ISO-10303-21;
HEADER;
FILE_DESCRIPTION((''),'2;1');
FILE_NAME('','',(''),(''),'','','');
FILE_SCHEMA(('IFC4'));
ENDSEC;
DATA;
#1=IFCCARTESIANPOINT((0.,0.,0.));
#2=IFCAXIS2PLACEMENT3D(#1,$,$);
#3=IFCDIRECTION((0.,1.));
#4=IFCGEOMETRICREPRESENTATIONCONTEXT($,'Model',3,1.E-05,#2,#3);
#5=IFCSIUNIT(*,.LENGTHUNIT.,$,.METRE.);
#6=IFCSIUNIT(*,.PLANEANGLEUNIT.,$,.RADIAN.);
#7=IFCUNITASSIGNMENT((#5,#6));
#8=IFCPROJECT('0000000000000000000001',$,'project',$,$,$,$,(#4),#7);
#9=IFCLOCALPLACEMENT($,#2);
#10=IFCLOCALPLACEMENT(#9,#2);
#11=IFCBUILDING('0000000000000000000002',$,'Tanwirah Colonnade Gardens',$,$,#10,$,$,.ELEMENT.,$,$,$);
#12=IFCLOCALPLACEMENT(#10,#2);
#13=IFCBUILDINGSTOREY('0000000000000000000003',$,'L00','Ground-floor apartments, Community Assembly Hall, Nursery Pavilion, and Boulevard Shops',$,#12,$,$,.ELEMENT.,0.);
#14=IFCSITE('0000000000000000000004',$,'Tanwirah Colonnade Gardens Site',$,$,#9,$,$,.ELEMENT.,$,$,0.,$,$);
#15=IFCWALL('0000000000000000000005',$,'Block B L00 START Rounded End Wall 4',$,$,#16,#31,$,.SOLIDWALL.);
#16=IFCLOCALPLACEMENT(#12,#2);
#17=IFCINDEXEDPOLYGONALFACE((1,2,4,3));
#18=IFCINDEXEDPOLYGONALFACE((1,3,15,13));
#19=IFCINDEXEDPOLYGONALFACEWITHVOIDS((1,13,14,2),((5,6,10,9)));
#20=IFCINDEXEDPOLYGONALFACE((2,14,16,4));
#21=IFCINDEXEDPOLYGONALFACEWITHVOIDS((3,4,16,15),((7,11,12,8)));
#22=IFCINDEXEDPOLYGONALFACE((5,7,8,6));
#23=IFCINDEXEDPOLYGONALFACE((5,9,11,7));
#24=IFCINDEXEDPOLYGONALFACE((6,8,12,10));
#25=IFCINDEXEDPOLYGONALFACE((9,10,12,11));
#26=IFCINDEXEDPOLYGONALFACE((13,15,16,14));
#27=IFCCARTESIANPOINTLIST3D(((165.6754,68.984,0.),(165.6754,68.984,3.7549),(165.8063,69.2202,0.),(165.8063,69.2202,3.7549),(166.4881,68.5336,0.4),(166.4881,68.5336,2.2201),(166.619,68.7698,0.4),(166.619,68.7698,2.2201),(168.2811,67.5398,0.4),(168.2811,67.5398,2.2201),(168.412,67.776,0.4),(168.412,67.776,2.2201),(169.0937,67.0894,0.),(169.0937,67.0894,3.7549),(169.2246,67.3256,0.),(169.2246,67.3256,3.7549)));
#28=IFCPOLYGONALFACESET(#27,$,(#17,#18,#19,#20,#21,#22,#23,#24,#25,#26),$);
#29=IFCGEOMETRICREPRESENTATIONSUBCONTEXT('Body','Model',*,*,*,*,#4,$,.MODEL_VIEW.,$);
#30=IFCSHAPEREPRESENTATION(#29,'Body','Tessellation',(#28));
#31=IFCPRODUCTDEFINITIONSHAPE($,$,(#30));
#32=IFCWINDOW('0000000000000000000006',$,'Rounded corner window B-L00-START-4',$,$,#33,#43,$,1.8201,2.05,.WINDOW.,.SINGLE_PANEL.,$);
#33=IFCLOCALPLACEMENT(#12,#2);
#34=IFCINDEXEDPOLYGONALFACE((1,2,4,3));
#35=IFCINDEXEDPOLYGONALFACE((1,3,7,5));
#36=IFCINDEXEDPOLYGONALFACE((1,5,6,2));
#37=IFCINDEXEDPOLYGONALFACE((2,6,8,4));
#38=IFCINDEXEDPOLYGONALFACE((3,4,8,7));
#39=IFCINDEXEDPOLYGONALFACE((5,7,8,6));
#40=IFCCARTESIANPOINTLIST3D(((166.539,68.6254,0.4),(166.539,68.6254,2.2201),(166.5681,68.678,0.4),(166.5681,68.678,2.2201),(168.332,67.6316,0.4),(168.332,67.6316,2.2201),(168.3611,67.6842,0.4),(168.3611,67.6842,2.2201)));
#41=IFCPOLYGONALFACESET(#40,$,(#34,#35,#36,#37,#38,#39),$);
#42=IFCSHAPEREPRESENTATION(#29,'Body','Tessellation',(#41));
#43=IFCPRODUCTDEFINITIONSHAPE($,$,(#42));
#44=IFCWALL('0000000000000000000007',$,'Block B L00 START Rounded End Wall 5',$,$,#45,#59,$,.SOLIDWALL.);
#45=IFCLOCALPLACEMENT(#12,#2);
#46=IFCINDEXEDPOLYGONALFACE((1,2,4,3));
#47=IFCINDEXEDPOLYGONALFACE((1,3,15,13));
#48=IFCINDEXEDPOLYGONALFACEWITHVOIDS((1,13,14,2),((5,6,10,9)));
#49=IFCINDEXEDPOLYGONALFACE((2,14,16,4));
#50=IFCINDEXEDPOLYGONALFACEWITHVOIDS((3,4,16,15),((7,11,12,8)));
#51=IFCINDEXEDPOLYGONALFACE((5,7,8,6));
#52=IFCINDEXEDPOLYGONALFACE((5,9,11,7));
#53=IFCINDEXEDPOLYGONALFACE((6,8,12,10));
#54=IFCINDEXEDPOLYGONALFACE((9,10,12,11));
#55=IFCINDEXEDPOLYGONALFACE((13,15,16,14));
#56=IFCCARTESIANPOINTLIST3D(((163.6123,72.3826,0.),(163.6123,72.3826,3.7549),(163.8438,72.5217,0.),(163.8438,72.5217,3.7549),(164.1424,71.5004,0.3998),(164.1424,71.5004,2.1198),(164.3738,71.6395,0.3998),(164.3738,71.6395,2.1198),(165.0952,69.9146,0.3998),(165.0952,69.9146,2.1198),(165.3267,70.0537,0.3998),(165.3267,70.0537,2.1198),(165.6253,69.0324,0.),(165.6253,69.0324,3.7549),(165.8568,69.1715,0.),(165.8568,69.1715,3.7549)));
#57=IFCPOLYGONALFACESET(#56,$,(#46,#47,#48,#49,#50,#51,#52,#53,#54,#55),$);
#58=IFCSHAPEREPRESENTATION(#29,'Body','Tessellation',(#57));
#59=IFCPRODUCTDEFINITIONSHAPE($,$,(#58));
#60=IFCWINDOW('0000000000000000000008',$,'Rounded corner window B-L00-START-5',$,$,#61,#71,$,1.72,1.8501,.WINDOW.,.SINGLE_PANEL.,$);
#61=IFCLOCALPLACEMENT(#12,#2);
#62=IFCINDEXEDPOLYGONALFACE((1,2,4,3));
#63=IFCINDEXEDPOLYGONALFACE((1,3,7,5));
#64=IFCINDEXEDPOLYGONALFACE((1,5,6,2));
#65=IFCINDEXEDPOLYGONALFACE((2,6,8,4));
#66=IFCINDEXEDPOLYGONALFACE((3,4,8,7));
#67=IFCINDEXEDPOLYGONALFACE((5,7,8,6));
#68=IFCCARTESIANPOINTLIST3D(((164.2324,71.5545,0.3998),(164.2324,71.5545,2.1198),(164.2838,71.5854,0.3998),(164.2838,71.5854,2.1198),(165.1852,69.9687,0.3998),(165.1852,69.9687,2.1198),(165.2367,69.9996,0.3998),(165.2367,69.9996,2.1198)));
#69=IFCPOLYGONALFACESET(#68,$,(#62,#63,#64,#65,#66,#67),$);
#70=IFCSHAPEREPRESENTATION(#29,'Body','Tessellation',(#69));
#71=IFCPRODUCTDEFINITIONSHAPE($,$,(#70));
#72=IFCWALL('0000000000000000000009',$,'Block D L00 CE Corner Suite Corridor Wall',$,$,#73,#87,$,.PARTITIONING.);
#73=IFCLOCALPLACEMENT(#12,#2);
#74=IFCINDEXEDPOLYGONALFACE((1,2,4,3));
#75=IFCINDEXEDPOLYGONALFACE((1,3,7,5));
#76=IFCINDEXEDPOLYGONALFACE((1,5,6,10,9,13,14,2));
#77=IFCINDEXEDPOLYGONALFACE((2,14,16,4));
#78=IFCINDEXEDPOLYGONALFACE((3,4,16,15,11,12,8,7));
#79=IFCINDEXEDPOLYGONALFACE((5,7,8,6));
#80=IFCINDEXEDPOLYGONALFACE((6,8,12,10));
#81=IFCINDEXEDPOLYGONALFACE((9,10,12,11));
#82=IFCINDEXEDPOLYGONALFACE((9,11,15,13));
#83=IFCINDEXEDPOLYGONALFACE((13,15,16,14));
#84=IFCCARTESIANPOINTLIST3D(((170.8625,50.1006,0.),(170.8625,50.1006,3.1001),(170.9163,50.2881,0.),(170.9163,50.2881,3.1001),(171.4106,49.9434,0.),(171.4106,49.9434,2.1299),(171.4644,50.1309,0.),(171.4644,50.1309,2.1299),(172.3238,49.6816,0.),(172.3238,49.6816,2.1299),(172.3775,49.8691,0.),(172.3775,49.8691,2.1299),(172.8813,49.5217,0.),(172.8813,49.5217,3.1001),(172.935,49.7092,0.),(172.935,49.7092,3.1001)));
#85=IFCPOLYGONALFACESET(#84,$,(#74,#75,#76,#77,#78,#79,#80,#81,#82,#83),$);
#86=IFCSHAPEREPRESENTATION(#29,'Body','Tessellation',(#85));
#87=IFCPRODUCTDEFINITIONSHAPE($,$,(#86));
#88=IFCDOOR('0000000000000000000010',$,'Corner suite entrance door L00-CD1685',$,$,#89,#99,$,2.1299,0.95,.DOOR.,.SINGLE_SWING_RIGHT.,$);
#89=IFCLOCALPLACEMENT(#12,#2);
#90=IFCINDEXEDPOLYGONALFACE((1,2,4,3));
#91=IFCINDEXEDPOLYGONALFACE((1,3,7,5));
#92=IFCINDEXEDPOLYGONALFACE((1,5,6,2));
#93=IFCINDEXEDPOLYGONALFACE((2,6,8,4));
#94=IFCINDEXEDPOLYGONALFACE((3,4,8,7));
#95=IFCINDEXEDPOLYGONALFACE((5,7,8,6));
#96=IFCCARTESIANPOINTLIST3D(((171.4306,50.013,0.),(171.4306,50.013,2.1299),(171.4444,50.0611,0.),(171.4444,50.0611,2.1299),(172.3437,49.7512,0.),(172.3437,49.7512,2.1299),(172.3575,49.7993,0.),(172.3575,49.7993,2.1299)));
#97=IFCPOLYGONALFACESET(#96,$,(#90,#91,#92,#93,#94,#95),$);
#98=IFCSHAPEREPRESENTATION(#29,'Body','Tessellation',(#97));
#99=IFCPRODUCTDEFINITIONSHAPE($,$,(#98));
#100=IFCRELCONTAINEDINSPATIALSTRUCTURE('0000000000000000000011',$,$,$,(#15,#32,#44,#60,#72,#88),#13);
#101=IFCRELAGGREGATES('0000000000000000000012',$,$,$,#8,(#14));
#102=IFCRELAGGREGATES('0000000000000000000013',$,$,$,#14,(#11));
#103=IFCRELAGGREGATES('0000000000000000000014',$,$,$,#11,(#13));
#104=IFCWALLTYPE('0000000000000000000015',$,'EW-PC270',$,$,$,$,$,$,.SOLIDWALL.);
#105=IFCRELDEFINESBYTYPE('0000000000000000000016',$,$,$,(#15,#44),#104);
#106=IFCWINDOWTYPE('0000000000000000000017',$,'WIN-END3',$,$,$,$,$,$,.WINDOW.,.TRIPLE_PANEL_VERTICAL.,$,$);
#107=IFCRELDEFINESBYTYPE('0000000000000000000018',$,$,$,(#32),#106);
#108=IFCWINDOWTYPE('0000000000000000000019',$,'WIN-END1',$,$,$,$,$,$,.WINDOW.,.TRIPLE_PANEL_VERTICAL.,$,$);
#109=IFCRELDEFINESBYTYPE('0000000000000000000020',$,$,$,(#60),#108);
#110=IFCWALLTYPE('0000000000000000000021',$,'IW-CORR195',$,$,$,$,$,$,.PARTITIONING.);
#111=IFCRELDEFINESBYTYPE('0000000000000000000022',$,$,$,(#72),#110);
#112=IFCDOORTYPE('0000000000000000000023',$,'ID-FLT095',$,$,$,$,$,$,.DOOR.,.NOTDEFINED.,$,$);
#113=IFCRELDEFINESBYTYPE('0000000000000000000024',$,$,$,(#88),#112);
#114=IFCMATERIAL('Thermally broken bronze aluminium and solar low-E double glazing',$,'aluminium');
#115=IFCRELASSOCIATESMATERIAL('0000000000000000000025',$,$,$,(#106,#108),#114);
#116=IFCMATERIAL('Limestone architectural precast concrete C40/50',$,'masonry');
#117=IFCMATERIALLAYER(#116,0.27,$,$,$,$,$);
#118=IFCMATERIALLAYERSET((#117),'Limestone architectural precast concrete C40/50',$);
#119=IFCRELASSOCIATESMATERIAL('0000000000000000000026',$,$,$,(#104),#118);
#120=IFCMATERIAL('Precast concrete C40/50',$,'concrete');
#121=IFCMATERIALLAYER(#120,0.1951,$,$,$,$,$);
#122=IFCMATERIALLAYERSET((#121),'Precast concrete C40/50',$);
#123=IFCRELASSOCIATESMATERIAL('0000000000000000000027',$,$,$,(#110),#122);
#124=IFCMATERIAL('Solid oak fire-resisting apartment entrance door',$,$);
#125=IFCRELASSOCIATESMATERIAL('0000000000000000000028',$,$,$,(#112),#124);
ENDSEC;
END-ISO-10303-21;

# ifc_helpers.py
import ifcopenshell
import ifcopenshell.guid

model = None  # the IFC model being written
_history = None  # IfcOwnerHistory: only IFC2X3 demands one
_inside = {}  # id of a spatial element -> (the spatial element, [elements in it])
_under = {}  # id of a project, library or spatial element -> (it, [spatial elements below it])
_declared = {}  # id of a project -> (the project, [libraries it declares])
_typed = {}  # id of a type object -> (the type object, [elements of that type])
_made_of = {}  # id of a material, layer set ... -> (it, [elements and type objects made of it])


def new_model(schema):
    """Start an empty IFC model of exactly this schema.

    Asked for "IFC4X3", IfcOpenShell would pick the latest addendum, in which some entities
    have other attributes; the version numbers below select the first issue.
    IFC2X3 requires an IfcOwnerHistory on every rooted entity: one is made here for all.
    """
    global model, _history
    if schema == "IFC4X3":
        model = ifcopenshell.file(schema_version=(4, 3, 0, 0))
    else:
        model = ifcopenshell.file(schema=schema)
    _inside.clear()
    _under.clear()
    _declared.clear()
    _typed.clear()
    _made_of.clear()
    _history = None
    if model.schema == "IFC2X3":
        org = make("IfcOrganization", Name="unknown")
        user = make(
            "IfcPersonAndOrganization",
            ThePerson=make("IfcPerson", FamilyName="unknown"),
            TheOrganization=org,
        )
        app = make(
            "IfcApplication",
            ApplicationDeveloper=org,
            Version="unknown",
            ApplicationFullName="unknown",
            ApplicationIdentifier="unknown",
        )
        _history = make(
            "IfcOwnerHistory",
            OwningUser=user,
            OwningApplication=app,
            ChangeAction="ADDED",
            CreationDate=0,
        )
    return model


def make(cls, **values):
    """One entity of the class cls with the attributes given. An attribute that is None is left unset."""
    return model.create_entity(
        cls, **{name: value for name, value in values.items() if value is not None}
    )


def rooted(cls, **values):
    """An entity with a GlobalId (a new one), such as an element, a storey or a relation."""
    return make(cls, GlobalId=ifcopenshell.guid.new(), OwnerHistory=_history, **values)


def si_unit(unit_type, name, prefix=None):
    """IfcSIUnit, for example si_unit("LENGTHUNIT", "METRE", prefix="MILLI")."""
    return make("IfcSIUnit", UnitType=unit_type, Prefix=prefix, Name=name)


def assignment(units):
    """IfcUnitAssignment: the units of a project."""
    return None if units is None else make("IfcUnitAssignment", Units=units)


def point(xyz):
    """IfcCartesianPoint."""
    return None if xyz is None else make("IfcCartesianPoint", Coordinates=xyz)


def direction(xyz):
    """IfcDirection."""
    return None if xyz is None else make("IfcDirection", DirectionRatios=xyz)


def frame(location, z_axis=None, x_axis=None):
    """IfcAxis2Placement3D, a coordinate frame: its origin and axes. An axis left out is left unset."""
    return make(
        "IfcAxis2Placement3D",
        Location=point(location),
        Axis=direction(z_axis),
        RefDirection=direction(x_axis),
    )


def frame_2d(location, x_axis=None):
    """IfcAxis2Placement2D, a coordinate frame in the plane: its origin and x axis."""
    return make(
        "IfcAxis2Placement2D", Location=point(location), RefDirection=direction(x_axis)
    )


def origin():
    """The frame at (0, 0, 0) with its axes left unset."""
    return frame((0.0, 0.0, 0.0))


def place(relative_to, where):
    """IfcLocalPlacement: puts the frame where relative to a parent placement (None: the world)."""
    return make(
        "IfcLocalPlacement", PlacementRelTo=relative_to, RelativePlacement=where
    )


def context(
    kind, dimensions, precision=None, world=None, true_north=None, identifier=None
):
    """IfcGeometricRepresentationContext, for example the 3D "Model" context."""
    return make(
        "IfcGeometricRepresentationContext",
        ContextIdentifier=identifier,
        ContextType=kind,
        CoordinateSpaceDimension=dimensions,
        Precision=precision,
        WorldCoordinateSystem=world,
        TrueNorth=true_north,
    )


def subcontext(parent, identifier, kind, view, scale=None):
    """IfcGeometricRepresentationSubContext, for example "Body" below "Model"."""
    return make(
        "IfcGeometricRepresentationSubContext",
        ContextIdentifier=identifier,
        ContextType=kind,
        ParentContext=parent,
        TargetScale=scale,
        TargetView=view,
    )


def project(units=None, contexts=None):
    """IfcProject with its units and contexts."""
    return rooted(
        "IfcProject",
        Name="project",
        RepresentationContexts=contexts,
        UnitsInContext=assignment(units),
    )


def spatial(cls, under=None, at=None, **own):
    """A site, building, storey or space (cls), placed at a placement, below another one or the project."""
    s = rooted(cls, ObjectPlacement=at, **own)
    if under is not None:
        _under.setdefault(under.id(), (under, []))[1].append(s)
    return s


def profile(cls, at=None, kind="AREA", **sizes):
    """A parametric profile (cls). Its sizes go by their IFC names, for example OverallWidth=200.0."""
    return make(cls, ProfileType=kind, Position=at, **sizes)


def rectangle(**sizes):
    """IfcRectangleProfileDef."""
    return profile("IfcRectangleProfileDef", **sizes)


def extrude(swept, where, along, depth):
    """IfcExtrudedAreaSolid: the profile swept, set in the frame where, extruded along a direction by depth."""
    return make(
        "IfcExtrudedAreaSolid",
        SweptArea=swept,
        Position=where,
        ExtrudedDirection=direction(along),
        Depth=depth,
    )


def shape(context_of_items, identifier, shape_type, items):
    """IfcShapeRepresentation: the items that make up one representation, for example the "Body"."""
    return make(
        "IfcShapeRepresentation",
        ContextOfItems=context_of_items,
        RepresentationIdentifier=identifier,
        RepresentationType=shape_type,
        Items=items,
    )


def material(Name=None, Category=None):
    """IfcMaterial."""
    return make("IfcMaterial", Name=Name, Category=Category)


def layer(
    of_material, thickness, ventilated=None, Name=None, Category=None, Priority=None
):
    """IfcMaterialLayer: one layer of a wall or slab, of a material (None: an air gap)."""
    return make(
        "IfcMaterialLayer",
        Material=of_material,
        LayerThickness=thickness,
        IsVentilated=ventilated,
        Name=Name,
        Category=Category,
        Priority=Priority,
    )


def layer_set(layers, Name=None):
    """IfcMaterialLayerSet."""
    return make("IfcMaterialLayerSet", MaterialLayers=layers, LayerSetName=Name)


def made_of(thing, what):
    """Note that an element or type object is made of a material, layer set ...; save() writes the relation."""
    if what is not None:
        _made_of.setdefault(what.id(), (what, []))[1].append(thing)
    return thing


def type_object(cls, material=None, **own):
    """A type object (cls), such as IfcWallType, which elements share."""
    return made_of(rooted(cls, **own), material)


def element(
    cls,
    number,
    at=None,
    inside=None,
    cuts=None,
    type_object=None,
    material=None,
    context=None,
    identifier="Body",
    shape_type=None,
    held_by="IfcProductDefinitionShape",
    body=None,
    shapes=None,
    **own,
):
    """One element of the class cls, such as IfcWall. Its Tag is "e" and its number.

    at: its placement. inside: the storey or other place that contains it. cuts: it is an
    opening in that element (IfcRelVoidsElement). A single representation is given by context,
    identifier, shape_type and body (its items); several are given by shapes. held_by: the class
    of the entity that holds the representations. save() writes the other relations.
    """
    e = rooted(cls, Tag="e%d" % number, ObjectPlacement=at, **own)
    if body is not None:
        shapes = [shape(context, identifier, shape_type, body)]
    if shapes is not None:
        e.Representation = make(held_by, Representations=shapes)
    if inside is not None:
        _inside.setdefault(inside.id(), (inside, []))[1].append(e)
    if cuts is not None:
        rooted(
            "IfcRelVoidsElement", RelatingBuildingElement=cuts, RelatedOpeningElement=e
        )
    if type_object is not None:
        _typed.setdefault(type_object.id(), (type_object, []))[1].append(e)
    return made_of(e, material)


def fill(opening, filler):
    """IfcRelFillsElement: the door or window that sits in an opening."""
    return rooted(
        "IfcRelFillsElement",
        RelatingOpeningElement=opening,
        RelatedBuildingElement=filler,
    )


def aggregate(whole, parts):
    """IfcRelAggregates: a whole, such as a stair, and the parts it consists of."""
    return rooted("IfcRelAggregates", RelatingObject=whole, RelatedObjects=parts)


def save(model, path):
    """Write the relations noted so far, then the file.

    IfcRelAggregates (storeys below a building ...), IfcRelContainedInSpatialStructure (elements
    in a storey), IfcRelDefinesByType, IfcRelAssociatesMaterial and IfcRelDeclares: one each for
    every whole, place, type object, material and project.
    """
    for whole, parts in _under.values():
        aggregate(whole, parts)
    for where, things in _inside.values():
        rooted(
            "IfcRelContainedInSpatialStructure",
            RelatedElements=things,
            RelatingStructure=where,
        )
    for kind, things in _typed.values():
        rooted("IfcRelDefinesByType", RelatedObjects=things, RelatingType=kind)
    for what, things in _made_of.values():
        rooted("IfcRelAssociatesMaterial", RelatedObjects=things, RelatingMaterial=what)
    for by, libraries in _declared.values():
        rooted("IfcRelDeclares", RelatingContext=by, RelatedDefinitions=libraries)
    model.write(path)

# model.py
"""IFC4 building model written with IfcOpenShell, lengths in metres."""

from ifc_helpers import new_model, si_unit, direction, frame, frame_2d, origin, place, context, subcontext, project, spatial, rectangle, extrude, material, layer, layer_set, type_object, element, fill, save


model = new_model("IFC4")

# Units and contexts
model_context = context("Model", 3, precision=1e-05, world=origin(), true_north=direction((0.0, 1.0)))
body_context = subcontext(model_context, "Body", "Model", "MODEL_VIEW")
ifc_project = project(units=[si_unit("LENGTHUNIT", "METRE"), si_unit("PLANEANGLEUNIT", "RADIAN")], contexts=[model_context])

# Site, building, storey
site_placement = place(None, origin())
site = spatial("IfcSite", under=ifc_project, at=site_placement, Name="Tanwirah Colonnade Gardens Site", CompositionType="ELEMENT", RefElevation=0.0)
building_placement = place(site_placement, origin())
building = spatial("IfcBuilding", under=site, at=building_placement, Name="Tanwirah Colonnade Gardens", CompositionType="ELEMENT")
storey_placement = place(building_placement, origin())
storey = spatial("IfcBuildingStorey", under=building, at=storey_placement, Name="L00", Description="Ground-floor apartments, Community Assembly Hall, Nursery Pavilion, and Boulevard Shops", CompositionType="ELEMENT", Elevation=0.0)

# Shared definitions
ifc_material_1 = material(Name="Precast concrete C40/50", Category="concrete")

# Walls, openings, windows
ifc_material_2 = material(Name="Limestone architectural precast concrete C40/50", Category="masonry")
ifc_material_3 = material(Name="Thermally broken bronze aluminium and solar low-E double glazing", Category="aluminium")
window_type_1 = type_object("IfcWindowType", Name="WIN-END3", PartitioningType="TRIPLE_PANEL_VERTICAL", PredefinedType="WINDOW", material=ifc_material_3)
ifc_layer_1 = layer(ifc_material_2, 0.27)
ifc_layer_set_1 = layer_set([ifc_layer_1], Name="Limestone architectural precast concrete C40/50")
wall_type_1 = type_object("IfcWallType", Name="EW-PC270", PredefinedType="SOLIDWALL", material=ifc_layer_set_1)
window_type_2 = type_object("IfcWindowType", Name="WIN-END1", PartitioningType="TRIPLE_PANEL_VERTICAL", PredefinedType="WINDOW", material=ifc_material_3)
wall_1_placement = place(storey_placement, frame((169.1592, 67.2075, 0.0), z_axis=(0.0, 0.0, 1.0), x_axis=(-0.874643, 0.484768, 0.0)))
wall_1 = element("IfcWall", 1, at=wall_1_placement, inside=storey, type_object=wall_type_1, Name="Block B L00 START Rounded End Wall 4", PredefinedType="SOLIDWALL", context=body_context, shape_type="SweptSolid", body=[
    extrude(rectangle(XDim=3.9082, YDim=0.27, at=frame_2d((1.9541, 0.0))), origin(), (0.0, 0.0, 1.0), 3.7549),
])
opening_1_placement = place(wall_1_placement, frame((0.9292, 0.0, 0.3999)))
opening_1 = element("IfcOpeningElement", 2, at=opening_1_placement, cuts=wall_1, PredefinedType="OPENING", context=body_context, shape_type="SweptSolid", body=[
    extrude(rectangle(XDim=2.05, YDim=1.8201, at=frame_2d((1.0249, 0.9102))), frame((0.0, 0.145, 0.0), z_axis=(0.0, -1.0, 0.0), x_axis=(1.0, 0.0, 0.0)), (0.0, 0.0, 1.0), 0.29),
])
window_1_placement = place(opening_1_placement, origin())
window_1 = element("IfcWindow", 3, at=window_1_placement, inside=storey, type_object=window_type_1, Name="Rounded corner window B-L00-START-4", OverallHeight=1.8201, OverallWidth=2.05, PartitioningType="SINGLE_PANEL", PredefinedType="WINDOW", context=body_context, shape_type="SweptSolid", body=[
    extrude(rectangle(XDim=2.05, YDim=1.8201, at=frame_2d((1.0249, 0.9102))), frame((0.0, 0.03, 0.0), z_axis=(0.0, -1.0, 0.0), x_axis=(1.0, 0.0, 0.0)), (0.0, 0.0, 1.0), 0.0601),
])
fill(opening_1, window_1)
wall_2_placement = place(storey_placement, frame((165.741, 69.1021, 0.0), z_axis=(0.0, 0.0, 1.0), x_axis=(-0.515038, 0.857168, 0.0)))
wall_2 = element("IfcWall", 4, at=wall_2_placement, inside=storey, type_object=wall_type_1, Name="Block B L00 START Rounded End Wall 5", PredefinedType="SOLIDWALL", context=body_context, shape_type="SweptSolid", body=[
    extrude(rectangle(XDim=3.9084, YDim=0.27, at=frame_2d((1.9541, 0.0))), origin(), (0.0, 0.0, 1.0), 3.7549),
])
opening_2_placement = place(wall_2_placement, frame((1.0291, 0.0, 0.3999)))
opening_2 = element("IfcOpeningElement", 5, at=opening_2_placement, cuts=wall_2, PredefinedType="OPENING", context=body_context, shape_type="SweptSolid", body=[
    extrude(rectangle(XDim=1.8501, YDim=1.72, at=frame_2d((0.925, 0.8599))), frame((0.0, 0.145, 0.0), z_axis=(0.0, -1.0, 0.0), x_axis=(1.0, 0.0, 0.0)), (0.0, 0.0, 1.0), 0.29),
])
window_2_placement = place(opening_2_placement, origin())
window_2 = element("IfcWindow", 6, at=window_2_placement, inside=storey, type_object=window_type_2, Name="Rounded corner window B-L00-START-5", OverallHeight=1.72, OverallWidth=1.8501, PartitioningType="SINGLE_PANEL", PredefinedType="WINDOW", context=body_context, shape_type="SweptSolid", body=[
    extrude(rectangle(XDim=1.8501, YDim=1.72, at=frame_2d((0.925, 0.8599))), frame((0.0, 0.03, 0.0), z_axis=(0.0, -1.0, 0.0), x_axis=(1.0, 0.0, 0.0)), (0.0, 0.0, 1.0), 0.0601),
])
fill(opening_2, window_2)

# Wall, opening, door
ifc_layer_2 = layer(ifc_material_1, 0.1951)
ifc_layer_set_2 = layer_set([ifc_layer_2], Name="Precast concrete C40/50")
wall_type_2 = type_object("IfcWallType", Name="IW-CORR195", PredefinedType="PARTITIONING", material=ifc_layer_set_2)
wall_3_placement = place(storey_placement, frame((170.8894, 50.1943, 0.0), z_axis=(0.0, 0.0, 1.0), x_axis=(0.961265, -0.275627, 0.0)))
wall_3 = element("IfcWall", 7, at=wall_3_placement, inside=storey, type_object=wall_type_2, Name="Block D L00 CE Corner Suite Corridor Wall", PredefinedType="PARTITIONING", context=body_context, shape_type="SweptSolid", body=[
    extrude(rectangle(XDim=2.1001, YDim=0.1951, at=frame_2d((1.05, 0.0))), origin(), (0.0, 0.0, 1.0), 3.1001),
])
opening_3_placement = place(wall_3_placement, frame((0.5701, 0.0, 0.0)))
opening_3 = element("IfcOpeningElement", 8, at=opening_3_placement, cuts=wall_3, PredefinedType="OPENING", context=body_context, shape_type="SweptSolid", body=[
    extrude(rectangle(XDim=0.95, YDim=2.1299, at=frame_2d((0.4751, 1.0649))), frame((0.0, 0.1074, 0.0), z_axis=(0.0, -1.0, 0.0), x_axis=(1.0, 0.0, 0.0)), (0.0, 0.0, 1.0), 0.2151),
])
ifc_material_4 = material(Name="Solid oak fire-resisting apartment entrance door")
door_type = type_object("IfcDoorType", Name="ID-FLT095", OperationType="NOTDEFINED", PredefinedType="DOOR", material=ifc_material_4)
door_placement = place(opening_3_placement, origin())
door = element("IfcDoor", 9, at=door_placement, inside=storey, type_object=door_type, Name="Corner suite entrance door L00-CD1685", OperationType="SINGLE_SWING_RIGHT", OverallHeight=2.1299, OverallWidth=0.95, PredefinedType="DOOR", context=body_context, shape_type="SweptSolid", body=[
    extrude(rectangle(XDim=0.95, YDim=2.1299, at=frame_2d((0.4751, 1.0649))), frame((0.0, 0.0249, 0.0), z_axis=(0.0, -1.0, 0.0), x_axis=(1.0, 0.0, 0.0)), (0.0, 0.0, 1.0), 0.05),
])
fill(opening_3, door)

save(model, "model.ifc")
